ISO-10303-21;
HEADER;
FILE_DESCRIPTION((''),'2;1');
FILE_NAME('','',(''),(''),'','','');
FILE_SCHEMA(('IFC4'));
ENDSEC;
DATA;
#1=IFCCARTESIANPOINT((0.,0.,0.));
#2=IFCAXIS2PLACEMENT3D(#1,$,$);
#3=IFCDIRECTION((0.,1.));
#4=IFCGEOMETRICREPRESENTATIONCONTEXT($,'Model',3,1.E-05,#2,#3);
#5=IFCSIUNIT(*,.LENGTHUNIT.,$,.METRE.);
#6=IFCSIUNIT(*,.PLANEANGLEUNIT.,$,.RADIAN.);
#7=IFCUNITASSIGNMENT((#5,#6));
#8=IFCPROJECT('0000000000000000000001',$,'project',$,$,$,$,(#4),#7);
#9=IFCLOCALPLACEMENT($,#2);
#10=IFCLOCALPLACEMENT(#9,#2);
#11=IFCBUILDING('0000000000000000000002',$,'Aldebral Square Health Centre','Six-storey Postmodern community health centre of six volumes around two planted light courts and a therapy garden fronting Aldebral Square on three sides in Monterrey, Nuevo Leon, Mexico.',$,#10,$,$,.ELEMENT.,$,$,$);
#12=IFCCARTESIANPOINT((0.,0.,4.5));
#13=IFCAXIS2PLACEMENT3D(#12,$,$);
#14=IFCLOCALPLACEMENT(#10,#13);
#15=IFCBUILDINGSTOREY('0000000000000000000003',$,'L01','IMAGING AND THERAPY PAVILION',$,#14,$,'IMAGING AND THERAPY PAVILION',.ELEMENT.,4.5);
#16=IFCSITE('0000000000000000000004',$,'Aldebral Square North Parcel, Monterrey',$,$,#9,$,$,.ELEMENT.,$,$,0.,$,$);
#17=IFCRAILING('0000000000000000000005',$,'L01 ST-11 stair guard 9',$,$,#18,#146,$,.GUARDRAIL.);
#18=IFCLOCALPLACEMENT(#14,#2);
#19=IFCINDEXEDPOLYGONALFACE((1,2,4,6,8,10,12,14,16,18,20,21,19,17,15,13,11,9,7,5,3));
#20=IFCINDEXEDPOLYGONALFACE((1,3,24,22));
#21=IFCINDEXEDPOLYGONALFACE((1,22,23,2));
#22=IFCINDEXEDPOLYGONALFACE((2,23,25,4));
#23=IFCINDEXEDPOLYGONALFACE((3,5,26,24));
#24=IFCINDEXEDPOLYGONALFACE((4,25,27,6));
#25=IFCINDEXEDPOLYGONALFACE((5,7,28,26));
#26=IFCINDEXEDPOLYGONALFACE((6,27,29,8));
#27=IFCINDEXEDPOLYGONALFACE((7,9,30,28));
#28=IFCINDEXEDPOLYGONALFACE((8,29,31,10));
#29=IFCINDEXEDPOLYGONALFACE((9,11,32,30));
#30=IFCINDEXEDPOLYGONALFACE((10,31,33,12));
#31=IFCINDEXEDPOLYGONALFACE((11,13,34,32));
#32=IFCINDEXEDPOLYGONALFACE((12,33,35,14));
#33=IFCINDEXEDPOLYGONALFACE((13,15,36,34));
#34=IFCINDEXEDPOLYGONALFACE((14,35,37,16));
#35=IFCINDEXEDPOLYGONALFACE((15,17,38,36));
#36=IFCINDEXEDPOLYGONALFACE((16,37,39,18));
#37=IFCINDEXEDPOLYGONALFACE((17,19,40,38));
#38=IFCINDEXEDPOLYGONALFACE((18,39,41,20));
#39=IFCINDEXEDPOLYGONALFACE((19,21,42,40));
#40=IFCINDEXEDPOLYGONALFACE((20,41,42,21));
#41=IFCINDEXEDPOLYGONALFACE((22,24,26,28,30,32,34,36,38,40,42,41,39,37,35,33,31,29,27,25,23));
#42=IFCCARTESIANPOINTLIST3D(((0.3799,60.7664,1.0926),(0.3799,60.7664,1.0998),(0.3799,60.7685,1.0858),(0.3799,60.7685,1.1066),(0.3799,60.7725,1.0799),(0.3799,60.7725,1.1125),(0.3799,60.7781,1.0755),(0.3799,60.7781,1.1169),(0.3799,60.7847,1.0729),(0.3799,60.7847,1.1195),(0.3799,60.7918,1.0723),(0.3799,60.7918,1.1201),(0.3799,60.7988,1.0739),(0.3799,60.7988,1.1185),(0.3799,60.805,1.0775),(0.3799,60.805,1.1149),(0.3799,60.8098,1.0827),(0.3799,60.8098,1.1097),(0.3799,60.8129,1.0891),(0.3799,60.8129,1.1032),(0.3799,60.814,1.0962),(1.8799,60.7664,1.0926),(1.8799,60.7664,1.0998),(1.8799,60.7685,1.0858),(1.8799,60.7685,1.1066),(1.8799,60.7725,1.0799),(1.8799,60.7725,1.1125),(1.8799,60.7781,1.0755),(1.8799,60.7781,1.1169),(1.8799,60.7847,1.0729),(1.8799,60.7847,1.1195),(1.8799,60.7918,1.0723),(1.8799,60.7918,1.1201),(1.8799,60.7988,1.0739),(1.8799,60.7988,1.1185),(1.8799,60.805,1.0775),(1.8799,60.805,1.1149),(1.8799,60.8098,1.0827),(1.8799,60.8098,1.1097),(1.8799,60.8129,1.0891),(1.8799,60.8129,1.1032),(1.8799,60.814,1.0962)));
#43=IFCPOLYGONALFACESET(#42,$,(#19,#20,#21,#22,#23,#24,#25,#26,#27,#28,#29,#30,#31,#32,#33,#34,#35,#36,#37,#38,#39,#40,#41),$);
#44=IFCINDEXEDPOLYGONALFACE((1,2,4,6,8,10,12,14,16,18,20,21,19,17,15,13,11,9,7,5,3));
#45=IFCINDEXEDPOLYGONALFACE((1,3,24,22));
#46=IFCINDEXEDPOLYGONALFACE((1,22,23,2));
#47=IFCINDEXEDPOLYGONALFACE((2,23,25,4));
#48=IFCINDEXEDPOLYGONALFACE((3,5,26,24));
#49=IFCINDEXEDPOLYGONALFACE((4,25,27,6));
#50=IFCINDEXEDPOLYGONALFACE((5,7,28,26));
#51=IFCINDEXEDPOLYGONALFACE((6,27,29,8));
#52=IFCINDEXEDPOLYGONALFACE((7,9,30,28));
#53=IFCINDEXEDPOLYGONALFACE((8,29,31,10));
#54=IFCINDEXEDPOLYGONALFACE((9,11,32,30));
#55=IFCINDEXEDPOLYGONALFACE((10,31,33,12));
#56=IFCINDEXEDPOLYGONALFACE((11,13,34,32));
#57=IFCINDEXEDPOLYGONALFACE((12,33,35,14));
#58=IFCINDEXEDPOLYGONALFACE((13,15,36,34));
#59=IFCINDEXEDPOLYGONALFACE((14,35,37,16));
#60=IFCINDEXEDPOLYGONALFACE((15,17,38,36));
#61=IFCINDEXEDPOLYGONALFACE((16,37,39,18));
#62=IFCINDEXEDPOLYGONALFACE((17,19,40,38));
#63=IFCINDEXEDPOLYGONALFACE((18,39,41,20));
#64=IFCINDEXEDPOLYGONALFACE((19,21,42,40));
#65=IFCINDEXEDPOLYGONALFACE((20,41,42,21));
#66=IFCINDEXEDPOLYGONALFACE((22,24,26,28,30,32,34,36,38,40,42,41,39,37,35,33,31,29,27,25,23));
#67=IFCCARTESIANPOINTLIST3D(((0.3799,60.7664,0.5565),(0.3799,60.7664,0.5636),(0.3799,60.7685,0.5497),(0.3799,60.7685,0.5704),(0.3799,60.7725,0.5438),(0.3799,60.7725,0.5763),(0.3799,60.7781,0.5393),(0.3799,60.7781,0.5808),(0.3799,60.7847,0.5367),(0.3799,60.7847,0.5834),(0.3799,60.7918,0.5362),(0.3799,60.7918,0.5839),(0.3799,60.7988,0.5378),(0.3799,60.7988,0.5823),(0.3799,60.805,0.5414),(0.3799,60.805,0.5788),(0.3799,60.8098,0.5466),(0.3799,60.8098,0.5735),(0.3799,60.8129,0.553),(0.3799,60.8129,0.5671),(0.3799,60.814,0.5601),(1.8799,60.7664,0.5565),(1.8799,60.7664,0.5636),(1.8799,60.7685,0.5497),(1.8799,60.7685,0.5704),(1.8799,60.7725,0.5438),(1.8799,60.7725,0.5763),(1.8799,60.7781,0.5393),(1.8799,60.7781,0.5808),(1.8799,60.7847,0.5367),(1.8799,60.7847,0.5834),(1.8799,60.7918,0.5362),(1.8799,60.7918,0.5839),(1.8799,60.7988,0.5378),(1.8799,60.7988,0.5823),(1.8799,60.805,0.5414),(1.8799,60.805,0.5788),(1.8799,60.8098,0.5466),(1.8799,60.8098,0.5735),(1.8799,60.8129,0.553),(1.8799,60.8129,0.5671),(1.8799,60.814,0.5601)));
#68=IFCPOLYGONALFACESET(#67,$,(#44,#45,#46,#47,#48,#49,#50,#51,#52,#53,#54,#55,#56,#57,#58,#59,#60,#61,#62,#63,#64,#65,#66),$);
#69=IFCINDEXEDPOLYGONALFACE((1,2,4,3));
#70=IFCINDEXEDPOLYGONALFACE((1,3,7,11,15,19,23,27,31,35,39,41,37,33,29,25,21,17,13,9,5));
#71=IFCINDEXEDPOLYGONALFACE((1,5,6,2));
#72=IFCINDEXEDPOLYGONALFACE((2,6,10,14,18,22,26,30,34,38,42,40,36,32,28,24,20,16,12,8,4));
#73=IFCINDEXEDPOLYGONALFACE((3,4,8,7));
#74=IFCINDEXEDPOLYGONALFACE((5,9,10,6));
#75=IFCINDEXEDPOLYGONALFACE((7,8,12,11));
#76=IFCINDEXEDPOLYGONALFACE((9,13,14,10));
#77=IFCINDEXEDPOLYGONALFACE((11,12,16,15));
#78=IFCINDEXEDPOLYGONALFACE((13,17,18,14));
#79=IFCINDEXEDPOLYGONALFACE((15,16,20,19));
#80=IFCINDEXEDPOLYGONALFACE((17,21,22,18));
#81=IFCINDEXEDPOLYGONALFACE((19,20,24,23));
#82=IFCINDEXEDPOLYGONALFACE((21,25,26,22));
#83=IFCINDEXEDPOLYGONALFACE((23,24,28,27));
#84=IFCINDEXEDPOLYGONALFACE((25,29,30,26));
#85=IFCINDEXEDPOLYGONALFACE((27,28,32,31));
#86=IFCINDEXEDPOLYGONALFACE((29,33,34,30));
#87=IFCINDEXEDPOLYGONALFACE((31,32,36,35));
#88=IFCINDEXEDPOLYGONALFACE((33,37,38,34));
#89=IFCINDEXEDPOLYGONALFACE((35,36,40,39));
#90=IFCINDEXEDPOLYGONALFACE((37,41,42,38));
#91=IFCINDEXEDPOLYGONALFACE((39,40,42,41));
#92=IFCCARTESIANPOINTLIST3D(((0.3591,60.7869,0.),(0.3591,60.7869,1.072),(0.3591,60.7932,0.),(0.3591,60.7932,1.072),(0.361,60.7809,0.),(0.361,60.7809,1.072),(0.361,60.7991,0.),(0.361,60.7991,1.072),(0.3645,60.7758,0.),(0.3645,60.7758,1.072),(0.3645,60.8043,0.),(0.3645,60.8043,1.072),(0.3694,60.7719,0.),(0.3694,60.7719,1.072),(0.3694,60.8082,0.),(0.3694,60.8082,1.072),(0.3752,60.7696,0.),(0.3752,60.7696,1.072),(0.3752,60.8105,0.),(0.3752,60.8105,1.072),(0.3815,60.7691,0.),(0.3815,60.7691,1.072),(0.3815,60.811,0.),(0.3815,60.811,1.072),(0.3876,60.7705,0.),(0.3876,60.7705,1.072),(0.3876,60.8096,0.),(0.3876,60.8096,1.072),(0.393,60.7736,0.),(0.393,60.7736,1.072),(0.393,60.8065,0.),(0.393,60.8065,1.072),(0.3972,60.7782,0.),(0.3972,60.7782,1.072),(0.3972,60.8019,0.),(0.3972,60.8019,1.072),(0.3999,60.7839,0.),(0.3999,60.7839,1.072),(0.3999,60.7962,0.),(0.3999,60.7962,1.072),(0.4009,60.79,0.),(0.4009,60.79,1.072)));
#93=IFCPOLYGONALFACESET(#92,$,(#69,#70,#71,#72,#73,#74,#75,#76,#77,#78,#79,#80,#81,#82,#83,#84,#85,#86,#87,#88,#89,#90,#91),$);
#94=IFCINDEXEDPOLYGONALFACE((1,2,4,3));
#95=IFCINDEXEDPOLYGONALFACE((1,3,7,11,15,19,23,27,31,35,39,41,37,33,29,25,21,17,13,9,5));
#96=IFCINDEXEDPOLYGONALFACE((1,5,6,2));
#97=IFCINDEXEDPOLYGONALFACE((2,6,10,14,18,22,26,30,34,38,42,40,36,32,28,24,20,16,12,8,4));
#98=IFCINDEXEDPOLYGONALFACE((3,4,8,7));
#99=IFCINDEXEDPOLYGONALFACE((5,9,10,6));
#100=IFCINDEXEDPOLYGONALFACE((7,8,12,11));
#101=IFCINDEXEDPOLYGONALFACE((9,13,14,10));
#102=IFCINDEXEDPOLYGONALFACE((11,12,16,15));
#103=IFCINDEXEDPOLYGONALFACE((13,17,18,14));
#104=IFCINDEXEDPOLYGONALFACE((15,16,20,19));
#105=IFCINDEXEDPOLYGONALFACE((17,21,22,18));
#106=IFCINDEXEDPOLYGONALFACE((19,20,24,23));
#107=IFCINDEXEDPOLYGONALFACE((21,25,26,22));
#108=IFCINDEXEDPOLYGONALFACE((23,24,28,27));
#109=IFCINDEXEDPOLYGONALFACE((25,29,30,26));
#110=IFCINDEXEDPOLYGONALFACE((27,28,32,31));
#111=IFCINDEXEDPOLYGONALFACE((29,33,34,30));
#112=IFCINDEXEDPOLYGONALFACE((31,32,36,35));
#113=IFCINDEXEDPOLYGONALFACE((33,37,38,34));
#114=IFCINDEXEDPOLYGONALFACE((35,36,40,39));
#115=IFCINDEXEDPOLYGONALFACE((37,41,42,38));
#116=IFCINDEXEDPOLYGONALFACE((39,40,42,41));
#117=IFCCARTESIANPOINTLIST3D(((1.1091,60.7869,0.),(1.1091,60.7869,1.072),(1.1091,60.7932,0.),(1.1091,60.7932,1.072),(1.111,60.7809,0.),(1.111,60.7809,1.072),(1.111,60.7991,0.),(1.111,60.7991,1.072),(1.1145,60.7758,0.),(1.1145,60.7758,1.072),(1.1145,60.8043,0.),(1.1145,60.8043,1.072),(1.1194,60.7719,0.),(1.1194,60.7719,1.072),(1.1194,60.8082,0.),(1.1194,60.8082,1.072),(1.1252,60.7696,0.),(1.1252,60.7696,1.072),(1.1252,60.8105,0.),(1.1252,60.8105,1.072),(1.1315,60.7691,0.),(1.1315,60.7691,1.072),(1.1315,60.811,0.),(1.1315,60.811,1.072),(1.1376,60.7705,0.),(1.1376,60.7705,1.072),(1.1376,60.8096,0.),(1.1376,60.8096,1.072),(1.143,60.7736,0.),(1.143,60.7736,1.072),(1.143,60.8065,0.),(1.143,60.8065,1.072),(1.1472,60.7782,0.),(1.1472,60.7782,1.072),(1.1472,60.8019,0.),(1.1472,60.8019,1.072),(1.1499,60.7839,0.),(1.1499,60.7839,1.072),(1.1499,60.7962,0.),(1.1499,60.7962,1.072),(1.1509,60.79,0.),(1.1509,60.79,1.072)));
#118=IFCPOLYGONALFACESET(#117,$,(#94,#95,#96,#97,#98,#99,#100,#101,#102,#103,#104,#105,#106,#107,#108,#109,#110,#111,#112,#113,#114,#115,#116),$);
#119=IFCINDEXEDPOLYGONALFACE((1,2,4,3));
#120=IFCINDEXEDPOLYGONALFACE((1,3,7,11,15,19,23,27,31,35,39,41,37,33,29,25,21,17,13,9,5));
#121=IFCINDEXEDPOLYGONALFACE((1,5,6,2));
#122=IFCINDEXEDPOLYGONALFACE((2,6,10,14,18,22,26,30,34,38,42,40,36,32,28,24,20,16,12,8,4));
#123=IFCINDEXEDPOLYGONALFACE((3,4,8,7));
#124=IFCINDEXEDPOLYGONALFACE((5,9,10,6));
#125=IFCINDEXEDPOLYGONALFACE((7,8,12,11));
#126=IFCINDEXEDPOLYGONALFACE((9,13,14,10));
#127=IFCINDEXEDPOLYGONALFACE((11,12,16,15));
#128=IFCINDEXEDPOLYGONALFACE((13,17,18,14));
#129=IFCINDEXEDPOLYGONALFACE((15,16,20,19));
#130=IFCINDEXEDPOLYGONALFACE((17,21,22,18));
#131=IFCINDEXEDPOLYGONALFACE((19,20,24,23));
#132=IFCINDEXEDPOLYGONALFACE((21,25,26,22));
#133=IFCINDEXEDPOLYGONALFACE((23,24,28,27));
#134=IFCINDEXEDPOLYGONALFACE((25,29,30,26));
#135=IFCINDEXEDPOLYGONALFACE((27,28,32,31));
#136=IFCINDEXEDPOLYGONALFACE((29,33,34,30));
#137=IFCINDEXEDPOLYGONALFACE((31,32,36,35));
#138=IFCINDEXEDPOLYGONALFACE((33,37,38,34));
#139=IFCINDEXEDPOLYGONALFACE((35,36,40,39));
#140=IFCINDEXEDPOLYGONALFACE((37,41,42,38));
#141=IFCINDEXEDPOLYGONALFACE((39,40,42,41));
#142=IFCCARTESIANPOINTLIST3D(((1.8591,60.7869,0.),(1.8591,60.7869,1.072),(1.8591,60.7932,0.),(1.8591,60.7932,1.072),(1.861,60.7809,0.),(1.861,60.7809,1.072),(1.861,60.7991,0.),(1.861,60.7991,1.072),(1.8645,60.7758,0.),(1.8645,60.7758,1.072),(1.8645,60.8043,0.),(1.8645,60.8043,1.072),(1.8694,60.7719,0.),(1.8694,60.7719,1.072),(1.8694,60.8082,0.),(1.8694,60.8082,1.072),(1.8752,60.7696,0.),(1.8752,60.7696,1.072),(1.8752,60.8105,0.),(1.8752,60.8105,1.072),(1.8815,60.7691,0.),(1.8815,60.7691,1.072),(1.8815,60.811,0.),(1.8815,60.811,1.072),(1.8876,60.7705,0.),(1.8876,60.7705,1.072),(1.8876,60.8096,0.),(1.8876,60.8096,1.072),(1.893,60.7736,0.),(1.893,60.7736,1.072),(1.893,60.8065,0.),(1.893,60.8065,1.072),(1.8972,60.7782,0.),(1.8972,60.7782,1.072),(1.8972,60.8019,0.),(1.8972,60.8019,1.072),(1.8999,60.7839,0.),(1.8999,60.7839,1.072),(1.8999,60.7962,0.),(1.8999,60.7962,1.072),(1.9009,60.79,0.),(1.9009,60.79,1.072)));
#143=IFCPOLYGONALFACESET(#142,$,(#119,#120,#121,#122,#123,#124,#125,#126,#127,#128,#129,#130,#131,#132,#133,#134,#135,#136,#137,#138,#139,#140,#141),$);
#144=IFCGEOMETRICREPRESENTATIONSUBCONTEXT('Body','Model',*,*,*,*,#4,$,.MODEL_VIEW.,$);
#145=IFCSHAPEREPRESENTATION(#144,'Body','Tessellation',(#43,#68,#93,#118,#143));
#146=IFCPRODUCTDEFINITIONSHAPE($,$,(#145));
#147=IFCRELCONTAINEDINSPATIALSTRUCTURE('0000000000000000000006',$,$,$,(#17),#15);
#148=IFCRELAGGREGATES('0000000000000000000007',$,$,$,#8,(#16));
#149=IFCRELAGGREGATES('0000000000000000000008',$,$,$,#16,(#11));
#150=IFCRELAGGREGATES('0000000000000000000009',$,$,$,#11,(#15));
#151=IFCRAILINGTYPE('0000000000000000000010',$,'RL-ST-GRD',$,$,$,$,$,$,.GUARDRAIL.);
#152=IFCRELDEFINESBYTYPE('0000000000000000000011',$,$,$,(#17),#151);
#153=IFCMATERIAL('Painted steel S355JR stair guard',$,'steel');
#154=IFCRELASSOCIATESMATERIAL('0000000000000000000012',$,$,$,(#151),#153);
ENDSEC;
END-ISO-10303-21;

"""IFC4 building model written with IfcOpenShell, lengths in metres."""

from ifc_helpers import new_model, si_unit, direction, frame, origin, origin_2d, place, context, subcontext, project, spatial, circle, extrude, material, type_object, element, save


model = new_model("IFC4")

# Units and contexts
model_context = context("Model", 3, precision=1e-05, world=origin(), true_north=direction((0.0, 1.0)))
body_context = subcontext(model_context, "Body", "Model", "MODEL_VIEW")
ifc_project = project(units=[si_unit("LENGTHUNIT", "METRE"), si_unit("PLANEANGLEUNIT", "RADIAN")], contexts=[model_context])

# Site, building, storey
site_placement = place(None, origin())
site = spatial("IfcSite", under=ifc_project, at=site_placement, Name="Aldebral Square North Parcel, Monterrey", CompositionType="ELEMENT", RefElevation=0.0)
building_placement = place(site_placement, origin())
building = spatial("IfcBuilding", under=site, at=building_placement, Name="Aldebral Square Health Centre", Description="Six-storey Postmodern community health centre of six volumes around two planted light courts and a therapy garden fronting Aldebral Square on three sides in Monterrey, Nuevo Leon, Mexico.", CompositionType="ELEMENT")
storey_placement = place(building_placement, frame((0.0, 0.0, 4.5)))
storey = spatial("IfcBuildingStorey", under=building, at=storey_placement, Name="L01", Description="IMAGING AND THERAPY PAVILION", LongName="IMAGING AND THERAPY PAVILION", CompositionType="ELEMENT", Elevation=4.5)

# Railing
ifc_material_1 = material(Name="Painted steel S355JR stair guard", Category="steel")
railing_type_1 = type_object("IfcRailingType", Name="RL-ST-GRD", PredefinedType="GUARDRAIL", material=ifc_material_1)
railing_1_placement = place(storey_placement, frame((0.3799, 60.79, 0.0)))
element("IfcRailing", 1, at=railing_1_placement, inside=storey, type_object=railing_type_1, Name="L01 ST-11 stair guard 9", PredefinedType="GUARDRAIL", context=body_context, shape_type="SweptSolid", body=[
    extrude(circle(Radius=0.0239, at=origin_2d()), frame((0.0, 0.0, 1.0962), z_axis=(1.0, 0.0, 0.0), x_axis=(0.0, 1.0, 0.0)), (0.0, 0.0, 1.0), 1.5),
    extrude(circle(Radius=0.0239, at=origin_2d()), frame((0.0, 0.0, 0.5601), z_axis=(1.0, 0.0, 0.0), x_axis=(0.0, 1.0, 0.0)), (0.0, 0.0, 1.0), 1.5),
    extrude(circle(Radius=0.021, at=origin_2d()), origin(), (0.0, 0.0, 1.0), 1.072),
    extrude(circle(Radius=0.021, at=origin_2d()), frame((0.75, 0.0, 0.0)), (0.0, 0.0, 1.0), 1.072),
    extrude(circle(Radius=0.021, at=origin_2d()), frame((1.5, 0.0, 0.0)), (0.0, 0.0, 1.0), 1.072),
])

save(model, "model.ifc")
